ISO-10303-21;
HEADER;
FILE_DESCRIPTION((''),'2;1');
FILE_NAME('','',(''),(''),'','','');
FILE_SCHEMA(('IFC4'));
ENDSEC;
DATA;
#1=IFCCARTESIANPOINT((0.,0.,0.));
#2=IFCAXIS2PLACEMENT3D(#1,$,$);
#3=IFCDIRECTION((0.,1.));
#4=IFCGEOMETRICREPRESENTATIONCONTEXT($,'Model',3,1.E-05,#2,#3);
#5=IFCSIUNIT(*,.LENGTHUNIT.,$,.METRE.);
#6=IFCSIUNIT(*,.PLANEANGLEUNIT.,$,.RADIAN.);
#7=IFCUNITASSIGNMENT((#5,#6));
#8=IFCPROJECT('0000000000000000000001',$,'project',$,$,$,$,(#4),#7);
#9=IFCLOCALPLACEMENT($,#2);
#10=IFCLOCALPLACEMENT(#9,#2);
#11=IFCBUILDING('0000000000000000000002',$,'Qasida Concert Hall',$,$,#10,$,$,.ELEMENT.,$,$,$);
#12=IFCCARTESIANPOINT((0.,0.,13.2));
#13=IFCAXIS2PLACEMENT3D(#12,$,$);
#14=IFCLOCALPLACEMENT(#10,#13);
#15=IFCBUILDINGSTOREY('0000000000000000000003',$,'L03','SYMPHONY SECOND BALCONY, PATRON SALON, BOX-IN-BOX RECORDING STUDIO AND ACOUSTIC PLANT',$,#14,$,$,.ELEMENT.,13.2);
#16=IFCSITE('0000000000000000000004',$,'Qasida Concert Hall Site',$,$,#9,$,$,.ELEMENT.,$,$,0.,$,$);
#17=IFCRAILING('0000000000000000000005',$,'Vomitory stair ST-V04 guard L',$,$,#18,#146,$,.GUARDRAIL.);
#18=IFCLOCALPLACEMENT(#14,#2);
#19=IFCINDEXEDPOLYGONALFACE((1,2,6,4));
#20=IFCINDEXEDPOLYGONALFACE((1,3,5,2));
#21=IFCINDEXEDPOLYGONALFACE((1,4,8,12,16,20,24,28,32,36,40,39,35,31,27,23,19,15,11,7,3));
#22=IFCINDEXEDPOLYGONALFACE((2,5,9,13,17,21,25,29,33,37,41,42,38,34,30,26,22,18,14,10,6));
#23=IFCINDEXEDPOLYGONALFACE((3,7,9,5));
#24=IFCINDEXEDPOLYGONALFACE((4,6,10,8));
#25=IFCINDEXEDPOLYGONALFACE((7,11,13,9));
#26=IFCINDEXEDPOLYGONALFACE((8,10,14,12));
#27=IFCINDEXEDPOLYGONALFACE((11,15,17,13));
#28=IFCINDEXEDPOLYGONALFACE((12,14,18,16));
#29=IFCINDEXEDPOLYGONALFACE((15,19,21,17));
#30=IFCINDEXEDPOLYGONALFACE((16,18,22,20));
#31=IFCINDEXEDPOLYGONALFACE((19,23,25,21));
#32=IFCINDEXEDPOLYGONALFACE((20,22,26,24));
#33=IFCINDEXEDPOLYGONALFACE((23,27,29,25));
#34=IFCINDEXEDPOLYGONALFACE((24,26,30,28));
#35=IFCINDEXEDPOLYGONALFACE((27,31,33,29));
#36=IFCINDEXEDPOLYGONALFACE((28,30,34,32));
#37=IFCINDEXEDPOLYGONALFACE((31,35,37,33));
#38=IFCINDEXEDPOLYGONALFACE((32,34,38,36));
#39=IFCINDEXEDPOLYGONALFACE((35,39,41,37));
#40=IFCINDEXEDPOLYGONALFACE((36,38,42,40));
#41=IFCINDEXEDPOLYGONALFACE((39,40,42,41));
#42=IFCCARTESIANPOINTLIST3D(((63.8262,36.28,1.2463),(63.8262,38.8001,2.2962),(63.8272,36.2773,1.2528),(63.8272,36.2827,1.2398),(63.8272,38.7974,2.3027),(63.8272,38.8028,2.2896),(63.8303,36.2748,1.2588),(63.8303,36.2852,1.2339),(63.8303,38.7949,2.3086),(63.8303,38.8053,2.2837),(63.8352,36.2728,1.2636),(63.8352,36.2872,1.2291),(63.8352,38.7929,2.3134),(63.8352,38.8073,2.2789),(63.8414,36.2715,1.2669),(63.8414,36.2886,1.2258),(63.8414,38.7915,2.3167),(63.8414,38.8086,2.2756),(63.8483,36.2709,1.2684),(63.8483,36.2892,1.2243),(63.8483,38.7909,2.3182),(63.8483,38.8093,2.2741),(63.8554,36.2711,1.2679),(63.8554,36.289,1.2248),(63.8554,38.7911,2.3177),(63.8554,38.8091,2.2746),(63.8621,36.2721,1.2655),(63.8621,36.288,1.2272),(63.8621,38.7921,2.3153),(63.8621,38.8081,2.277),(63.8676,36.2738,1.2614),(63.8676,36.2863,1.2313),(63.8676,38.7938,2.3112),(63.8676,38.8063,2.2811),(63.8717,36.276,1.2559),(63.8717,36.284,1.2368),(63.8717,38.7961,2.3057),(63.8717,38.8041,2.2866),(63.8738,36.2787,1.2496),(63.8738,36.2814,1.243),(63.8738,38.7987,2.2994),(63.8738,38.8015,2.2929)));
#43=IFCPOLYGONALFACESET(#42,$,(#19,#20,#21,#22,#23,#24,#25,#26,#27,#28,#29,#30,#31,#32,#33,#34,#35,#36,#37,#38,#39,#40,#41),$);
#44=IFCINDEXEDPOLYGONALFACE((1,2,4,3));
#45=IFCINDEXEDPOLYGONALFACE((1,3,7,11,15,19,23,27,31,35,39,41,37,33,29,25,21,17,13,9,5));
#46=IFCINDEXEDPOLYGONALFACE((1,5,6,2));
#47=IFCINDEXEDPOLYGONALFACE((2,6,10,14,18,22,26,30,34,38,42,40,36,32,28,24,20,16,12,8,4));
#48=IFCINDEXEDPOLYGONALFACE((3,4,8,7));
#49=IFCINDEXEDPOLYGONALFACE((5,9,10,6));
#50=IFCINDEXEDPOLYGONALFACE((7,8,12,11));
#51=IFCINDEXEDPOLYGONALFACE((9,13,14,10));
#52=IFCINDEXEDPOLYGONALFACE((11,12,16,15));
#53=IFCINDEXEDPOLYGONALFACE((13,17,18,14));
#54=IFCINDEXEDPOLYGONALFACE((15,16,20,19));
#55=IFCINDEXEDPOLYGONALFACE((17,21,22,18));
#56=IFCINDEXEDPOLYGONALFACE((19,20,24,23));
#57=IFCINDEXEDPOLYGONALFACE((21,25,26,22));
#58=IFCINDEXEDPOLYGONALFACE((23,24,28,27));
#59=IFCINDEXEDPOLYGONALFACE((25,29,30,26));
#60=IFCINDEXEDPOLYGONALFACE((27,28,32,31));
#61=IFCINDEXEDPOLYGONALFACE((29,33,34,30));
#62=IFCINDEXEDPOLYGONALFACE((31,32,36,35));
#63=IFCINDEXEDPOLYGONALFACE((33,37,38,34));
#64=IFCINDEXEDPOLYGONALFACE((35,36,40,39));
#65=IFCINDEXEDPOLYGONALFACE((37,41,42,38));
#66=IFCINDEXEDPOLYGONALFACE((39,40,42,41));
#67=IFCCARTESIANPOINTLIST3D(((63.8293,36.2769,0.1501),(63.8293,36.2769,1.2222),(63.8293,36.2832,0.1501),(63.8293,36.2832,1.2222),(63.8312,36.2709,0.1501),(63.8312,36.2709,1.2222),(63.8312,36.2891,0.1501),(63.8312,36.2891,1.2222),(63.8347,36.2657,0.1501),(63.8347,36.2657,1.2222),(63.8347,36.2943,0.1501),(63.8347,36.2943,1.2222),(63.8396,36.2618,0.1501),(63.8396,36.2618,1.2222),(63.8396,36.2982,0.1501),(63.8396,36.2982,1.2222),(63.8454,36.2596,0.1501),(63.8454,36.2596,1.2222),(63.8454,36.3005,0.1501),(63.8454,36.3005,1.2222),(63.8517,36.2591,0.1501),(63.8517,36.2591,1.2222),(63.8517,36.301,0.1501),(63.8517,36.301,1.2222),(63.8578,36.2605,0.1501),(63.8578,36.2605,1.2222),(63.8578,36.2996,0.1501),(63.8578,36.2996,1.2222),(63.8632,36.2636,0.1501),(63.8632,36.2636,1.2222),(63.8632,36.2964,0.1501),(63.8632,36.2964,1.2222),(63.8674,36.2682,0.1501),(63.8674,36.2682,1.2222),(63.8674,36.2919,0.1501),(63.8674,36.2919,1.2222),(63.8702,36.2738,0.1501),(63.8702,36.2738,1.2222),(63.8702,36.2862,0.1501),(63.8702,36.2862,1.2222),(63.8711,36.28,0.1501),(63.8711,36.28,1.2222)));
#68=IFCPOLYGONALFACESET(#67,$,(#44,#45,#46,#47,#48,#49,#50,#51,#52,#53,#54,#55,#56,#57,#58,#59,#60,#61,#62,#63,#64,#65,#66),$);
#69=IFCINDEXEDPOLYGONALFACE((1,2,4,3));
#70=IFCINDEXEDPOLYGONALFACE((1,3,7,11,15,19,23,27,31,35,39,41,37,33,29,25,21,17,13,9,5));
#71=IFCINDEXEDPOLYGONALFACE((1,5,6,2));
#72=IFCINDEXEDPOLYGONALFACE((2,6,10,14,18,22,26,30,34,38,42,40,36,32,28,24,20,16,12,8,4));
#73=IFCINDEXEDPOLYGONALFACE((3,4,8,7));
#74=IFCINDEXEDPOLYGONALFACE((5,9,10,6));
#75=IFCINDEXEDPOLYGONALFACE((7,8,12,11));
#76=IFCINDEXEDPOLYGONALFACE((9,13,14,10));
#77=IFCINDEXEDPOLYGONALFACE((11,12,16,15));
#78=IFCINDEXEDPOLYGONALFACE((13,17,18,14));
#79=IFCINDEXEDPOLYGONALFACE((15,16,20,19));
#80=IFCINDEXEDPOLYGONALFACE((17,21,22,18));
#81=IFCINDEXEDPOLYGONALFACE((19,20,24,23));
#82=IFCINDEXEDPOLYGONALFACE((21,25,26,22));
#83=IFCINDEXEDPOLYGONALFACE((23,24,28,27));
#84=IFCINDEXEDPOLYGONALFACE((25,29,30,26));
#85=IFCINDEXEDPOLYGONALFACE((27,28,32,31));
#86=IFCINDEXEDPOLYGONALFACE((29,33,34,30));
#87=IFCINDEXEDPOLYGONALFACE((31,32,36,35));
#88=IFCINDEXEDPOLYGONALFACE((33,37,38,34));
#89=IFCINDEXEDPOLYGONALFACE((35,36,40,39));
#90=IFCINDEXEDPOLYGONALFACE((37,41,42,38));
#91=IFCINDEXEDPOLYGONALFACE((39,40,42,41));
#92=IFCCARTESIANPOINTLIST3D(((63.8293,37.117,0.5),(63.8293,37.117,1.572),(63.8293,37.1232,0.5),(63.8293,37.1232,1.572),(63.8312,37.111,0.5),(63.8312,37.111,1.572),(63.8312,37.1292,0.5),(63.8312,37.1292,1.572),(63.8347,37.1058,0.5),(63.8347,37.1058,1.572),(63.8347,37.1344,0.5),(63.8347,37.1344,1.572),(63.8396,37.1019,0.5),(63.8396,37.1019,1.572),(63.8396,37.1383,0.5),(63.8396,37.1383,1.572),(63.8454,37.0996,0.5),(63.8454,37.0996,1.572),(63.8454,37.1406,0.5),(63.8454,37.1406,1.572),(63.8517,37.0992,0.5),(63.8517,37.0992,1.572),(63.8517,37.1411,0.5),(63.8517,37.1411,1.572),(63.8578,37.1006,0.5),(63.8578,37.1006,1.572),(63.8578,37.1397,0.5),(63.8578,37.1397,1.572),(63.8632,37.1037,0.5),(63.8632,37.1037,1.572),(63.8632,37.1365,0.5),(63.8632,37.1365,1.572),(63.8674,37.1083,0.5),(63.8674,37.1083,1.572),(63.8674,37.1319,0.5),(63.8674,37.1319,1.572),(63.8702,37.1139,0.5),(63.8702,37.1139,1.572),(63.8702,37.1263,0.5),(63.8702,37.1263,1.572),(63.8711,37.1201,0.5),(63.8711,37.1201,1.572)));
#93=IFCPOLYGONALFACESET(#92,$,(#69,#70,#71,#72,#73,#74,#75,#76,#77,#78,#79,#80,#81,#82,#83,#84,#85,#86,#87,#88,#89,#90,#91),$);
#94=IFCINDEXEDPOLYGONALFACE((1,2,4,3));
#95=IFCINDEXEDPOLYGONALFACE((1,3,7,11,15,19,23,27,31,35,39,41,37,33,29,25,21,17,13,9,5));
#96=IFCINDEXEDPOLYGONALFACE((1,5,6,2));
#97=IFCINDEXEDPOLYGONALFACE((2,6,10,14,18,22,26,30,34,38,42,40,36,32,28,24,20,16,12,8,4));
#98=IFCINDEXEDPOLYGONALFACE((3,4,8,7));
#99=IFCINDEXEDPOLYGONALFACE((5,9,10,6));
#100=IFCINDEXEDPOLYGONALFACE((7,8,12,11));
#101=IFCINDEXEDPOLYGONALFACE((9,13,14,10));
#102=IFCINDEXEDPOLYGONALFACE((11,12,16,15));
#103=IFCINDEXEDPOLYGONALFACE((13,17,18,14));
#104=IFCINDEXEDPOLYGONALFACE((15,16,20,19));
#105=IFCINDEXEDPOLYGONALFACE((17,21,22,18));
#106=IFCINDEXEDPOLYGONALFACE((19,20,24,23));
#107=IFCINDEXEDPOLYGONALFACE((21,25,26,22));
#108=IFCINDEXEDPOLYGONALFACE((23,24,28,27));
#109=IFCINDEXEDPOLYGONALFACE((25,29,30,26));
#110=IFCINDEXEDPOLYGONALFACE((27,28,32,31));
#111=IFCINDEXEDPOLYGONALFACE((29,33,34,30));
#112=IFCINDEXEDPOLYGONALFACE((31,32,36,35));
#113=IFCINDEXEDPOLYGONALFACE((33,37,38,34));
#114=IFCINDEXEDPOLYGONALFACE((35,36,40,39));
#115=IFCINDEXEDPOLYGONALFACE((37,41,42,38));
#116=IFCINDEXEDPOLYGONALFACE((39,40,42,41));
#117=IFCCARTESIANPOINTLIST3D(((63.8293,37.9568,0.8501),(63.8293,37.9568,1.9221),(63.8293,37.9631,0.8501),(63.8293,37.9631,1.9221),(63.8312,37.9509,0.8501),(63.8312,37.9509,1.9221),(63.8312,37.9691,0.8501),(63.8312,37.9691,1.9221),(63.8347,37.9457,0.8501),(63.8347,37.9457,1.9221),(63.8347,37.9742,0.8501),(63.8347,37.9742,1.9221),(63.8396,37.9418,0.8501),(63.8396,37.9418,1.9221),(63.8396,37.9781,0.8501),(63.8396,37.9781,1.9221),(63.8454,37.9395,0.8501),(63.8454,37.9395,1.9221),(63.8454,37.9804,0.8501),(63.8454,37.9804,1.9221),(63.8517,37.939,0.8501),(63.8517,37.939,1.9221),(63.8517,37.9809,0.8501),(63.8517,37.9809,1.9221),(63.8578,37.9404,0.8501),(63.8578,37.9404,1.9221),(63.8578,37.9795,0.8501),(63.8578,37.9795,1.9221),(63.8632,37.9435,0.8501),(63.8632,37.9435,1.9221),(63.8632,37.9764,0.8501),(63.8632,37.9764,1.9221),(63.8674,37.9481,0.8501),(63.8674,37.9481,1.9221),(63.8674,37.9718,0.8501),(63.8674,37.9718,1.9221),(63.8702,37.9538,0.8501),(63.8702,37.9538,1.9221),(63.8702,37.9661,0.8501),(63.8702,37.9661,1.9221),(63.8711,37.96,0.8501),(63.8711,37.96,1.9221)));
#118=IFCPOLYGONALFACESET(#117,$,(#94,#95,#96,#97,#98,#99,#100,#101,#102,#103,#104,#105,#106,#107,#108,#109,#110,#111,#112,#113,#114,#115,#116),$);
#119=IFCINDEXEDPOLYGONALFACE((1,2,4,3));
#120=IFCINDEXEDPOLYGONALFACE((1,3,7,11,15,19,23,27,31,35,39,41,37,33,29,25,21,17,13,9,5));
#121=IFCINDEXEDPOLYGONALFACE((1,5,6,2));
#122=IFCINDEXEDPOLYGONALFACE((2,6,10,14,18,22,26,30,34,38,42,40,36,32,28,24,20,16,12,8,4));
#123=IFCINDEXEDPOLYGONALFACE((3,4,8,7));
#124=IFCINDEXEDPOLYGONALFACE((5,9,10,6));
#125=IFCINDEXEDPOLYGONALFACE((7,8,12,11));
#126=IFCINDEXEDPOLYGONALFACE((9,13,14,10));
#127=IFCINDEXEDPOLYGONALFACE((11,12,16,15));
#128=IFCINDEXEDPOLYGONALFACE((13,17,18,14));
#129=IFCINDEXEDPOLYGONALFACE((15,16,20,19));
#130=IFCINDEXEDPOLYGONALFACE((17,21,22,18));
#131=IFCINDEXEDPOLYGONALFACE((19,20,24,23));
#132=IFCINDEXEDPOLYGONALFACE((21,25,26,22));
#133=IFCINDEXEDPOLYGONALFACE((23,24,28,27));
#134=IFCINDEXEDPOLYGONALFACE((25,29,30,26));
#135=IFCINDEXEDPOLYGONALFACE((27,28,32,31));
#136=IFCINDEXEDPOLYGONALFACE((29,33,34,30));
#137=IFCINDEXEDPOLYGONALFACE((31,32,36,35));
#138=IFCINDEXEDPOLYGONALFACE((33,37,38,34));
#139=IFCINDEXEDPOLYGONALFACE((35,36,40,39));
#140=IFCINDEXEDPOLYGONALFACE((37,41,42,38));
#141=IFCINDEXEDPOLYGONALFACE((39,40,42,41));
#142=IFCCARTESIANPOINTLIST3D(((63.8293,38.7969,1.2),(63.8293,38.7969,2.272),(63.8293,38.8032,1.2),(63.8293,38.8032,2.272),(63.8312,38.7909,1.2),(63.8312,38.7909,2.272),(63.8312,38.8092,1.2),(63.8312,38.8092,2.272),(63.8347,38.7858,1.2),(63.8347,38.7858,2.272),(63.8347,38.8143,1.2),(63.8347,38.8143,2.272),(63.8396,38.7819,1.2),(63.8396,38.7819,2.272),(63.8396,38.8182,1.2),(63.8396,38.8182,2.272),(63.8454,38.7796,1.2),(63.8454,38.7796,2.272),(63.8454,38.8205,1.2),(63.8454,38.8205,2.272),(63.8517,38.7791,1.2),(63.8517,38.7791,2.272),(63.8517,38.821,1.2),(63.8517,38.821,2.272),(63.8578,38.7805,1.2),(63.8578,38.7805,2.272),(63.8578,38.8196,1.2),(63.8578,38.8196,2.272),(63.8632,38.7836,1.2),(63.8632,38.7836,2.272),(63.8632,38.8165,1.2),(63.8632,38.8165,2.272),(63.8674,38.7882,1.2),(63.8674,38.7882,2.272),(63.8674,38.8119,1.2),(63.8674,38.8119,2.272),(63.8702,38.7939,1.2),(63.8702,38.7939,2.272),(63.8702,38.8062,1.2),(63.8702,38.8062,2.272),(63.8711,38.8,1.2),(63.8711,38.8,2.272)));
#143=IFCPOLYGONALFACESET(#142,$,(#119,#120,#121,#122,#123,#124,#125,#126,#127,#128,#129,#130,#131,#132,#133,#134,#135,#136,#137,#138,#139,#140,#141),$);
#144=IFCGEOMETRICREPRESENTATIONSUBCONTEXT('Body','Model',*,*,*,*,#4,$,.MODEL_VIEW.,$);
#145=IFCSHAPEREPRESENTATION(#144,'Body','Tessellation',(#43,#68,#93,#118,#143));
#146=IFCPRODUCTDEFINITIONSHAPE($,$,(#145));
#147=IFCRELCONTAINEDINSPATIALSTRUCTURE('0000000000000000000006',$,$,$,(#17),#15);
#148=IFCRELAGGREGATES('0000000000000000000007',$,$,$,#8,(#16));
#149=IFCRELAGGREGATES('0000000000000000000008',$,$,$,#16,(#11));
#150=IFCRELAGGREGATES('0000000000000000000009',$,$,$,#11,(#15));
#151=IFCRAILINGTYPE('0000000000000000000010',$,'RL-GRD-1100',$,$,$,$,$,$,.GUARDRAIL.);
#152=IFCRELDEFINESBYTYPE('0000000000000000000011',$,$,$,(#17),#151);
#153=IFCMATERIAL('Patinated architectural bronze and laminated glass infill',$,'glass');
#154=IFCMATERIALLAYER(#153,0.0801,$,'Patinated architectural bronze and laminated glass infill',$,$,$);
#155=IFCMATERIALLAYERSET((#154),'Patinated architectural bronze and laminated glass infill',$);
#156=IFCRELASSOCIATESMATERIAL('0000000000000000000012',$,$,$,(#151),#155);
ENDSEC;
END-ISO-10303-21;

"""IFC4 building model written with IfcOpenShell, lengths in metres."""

from ifc_helpers import new_model, si_unit, direction, frame, origin, origin_2d, place, context, subcontext, project, spatial, circle, extrude, material, layer, layer_set, type_object, element, save


model = new_model("IFC4")

# Units and contexts
model_context = context("Model", 3, precision=1e-05, world=origin(), true_north=direction((0.0, 1.0)))
body_context = subcontext(model_context, "Body", "Model", "MODEL_VIEW")
ifc_project = project(units=[si_unit("LENGTHUNIT", "METRE"), si_unit("PLANEANGLEUNIT", "RADIAN")], contexts=[model_context])

# Site, building, storey
site_placement = place(None, origin())
site = spatial("IfcSite", under=ifc_project, at=site_placement, Name="Qasida Concert Hall Site", CompositionType="ELEMENT", RefElevation=0.0)
building_placement = place(site_placement, origin())
building = spatial("IfcBuilding", under=site, at=building_placement, Name="Qasida Concert Hall", CompositionType="ELEMENT")
storey_placement = place(building_placement, frame((0.0, 0.0, 13.2)))
storey = spatial("IfcBuildingStorey", under=building, at=storey_placement, Name="L03", Description="SYMPHONY SECOND BALCONY, PATRON SALON, BOX-IN-BOX RECORDING STUDIO AND ACOUSTIC PLANT", CompositionType="ELEMENT", Elevation=13.2)

# Railing
ifc_material_1 = material(Name="Patinated architectural bronze and laminated glass infill", Category="glass")
ifc_layer_1 = layer(ifc_material_1, 0.0801, Name="Patinated architectural bronze and laminated glass infill")
ifc_layer_set_1 = layer_set([ifc_layer_1], Name="Patinated architectural bronze and laminated glass infill")
railing_type_1 = type_object("IfcRailingType", Name="RL-GRD-1100", PredefinedType="GUARDRAIL", material=ifc_layer_set_1)
for number, where, name in (
    (1, (63.8501, 36.28, 0.1501), "Vomitory stair ST-V04 guard L"),
):
    element("IfcRailing", number, at=place(storey_placement, frame(where)), inside=storey, type_object=railing_type_1, Name=name, PredefinedType="GUARDRAIL", context=body_context, shape_type="SweptSolid", body=[
        extrude(circle(Radius=0.0239, at=origin_2d()), frame((0.0, 0.0, 1.0962), z_axis=(0.0, 0.923103, 0.384552), x_axis=(-1.0, 0.0, 0.0)), (0.0, 0.0, 1.0), 2.73),
        extrude(circle(Radius=0.021, at=origin_2d()), origin(), (0.0, 0.0, 1.0), 1.072),
        extrude(circle(Radius=0.021, at=origin_2d()), frame((0.0, 0.8401, 0.3499)), (0.0, 0.0, 1.0), 1.072),
        extrude(circle(Radius=0.021, at=origin_2d()), frame((0.0, 1.6799, 0.7)), (0.0, 0.0, 1.0), 1.072),
        extrude(circle(Radius=0.021, at=origin_2d()), frame((0.0, 2.52, 1.0498)), (0.0, 0.0, 1.0), 1.072),
    ])

save(model, "model.ifc")
